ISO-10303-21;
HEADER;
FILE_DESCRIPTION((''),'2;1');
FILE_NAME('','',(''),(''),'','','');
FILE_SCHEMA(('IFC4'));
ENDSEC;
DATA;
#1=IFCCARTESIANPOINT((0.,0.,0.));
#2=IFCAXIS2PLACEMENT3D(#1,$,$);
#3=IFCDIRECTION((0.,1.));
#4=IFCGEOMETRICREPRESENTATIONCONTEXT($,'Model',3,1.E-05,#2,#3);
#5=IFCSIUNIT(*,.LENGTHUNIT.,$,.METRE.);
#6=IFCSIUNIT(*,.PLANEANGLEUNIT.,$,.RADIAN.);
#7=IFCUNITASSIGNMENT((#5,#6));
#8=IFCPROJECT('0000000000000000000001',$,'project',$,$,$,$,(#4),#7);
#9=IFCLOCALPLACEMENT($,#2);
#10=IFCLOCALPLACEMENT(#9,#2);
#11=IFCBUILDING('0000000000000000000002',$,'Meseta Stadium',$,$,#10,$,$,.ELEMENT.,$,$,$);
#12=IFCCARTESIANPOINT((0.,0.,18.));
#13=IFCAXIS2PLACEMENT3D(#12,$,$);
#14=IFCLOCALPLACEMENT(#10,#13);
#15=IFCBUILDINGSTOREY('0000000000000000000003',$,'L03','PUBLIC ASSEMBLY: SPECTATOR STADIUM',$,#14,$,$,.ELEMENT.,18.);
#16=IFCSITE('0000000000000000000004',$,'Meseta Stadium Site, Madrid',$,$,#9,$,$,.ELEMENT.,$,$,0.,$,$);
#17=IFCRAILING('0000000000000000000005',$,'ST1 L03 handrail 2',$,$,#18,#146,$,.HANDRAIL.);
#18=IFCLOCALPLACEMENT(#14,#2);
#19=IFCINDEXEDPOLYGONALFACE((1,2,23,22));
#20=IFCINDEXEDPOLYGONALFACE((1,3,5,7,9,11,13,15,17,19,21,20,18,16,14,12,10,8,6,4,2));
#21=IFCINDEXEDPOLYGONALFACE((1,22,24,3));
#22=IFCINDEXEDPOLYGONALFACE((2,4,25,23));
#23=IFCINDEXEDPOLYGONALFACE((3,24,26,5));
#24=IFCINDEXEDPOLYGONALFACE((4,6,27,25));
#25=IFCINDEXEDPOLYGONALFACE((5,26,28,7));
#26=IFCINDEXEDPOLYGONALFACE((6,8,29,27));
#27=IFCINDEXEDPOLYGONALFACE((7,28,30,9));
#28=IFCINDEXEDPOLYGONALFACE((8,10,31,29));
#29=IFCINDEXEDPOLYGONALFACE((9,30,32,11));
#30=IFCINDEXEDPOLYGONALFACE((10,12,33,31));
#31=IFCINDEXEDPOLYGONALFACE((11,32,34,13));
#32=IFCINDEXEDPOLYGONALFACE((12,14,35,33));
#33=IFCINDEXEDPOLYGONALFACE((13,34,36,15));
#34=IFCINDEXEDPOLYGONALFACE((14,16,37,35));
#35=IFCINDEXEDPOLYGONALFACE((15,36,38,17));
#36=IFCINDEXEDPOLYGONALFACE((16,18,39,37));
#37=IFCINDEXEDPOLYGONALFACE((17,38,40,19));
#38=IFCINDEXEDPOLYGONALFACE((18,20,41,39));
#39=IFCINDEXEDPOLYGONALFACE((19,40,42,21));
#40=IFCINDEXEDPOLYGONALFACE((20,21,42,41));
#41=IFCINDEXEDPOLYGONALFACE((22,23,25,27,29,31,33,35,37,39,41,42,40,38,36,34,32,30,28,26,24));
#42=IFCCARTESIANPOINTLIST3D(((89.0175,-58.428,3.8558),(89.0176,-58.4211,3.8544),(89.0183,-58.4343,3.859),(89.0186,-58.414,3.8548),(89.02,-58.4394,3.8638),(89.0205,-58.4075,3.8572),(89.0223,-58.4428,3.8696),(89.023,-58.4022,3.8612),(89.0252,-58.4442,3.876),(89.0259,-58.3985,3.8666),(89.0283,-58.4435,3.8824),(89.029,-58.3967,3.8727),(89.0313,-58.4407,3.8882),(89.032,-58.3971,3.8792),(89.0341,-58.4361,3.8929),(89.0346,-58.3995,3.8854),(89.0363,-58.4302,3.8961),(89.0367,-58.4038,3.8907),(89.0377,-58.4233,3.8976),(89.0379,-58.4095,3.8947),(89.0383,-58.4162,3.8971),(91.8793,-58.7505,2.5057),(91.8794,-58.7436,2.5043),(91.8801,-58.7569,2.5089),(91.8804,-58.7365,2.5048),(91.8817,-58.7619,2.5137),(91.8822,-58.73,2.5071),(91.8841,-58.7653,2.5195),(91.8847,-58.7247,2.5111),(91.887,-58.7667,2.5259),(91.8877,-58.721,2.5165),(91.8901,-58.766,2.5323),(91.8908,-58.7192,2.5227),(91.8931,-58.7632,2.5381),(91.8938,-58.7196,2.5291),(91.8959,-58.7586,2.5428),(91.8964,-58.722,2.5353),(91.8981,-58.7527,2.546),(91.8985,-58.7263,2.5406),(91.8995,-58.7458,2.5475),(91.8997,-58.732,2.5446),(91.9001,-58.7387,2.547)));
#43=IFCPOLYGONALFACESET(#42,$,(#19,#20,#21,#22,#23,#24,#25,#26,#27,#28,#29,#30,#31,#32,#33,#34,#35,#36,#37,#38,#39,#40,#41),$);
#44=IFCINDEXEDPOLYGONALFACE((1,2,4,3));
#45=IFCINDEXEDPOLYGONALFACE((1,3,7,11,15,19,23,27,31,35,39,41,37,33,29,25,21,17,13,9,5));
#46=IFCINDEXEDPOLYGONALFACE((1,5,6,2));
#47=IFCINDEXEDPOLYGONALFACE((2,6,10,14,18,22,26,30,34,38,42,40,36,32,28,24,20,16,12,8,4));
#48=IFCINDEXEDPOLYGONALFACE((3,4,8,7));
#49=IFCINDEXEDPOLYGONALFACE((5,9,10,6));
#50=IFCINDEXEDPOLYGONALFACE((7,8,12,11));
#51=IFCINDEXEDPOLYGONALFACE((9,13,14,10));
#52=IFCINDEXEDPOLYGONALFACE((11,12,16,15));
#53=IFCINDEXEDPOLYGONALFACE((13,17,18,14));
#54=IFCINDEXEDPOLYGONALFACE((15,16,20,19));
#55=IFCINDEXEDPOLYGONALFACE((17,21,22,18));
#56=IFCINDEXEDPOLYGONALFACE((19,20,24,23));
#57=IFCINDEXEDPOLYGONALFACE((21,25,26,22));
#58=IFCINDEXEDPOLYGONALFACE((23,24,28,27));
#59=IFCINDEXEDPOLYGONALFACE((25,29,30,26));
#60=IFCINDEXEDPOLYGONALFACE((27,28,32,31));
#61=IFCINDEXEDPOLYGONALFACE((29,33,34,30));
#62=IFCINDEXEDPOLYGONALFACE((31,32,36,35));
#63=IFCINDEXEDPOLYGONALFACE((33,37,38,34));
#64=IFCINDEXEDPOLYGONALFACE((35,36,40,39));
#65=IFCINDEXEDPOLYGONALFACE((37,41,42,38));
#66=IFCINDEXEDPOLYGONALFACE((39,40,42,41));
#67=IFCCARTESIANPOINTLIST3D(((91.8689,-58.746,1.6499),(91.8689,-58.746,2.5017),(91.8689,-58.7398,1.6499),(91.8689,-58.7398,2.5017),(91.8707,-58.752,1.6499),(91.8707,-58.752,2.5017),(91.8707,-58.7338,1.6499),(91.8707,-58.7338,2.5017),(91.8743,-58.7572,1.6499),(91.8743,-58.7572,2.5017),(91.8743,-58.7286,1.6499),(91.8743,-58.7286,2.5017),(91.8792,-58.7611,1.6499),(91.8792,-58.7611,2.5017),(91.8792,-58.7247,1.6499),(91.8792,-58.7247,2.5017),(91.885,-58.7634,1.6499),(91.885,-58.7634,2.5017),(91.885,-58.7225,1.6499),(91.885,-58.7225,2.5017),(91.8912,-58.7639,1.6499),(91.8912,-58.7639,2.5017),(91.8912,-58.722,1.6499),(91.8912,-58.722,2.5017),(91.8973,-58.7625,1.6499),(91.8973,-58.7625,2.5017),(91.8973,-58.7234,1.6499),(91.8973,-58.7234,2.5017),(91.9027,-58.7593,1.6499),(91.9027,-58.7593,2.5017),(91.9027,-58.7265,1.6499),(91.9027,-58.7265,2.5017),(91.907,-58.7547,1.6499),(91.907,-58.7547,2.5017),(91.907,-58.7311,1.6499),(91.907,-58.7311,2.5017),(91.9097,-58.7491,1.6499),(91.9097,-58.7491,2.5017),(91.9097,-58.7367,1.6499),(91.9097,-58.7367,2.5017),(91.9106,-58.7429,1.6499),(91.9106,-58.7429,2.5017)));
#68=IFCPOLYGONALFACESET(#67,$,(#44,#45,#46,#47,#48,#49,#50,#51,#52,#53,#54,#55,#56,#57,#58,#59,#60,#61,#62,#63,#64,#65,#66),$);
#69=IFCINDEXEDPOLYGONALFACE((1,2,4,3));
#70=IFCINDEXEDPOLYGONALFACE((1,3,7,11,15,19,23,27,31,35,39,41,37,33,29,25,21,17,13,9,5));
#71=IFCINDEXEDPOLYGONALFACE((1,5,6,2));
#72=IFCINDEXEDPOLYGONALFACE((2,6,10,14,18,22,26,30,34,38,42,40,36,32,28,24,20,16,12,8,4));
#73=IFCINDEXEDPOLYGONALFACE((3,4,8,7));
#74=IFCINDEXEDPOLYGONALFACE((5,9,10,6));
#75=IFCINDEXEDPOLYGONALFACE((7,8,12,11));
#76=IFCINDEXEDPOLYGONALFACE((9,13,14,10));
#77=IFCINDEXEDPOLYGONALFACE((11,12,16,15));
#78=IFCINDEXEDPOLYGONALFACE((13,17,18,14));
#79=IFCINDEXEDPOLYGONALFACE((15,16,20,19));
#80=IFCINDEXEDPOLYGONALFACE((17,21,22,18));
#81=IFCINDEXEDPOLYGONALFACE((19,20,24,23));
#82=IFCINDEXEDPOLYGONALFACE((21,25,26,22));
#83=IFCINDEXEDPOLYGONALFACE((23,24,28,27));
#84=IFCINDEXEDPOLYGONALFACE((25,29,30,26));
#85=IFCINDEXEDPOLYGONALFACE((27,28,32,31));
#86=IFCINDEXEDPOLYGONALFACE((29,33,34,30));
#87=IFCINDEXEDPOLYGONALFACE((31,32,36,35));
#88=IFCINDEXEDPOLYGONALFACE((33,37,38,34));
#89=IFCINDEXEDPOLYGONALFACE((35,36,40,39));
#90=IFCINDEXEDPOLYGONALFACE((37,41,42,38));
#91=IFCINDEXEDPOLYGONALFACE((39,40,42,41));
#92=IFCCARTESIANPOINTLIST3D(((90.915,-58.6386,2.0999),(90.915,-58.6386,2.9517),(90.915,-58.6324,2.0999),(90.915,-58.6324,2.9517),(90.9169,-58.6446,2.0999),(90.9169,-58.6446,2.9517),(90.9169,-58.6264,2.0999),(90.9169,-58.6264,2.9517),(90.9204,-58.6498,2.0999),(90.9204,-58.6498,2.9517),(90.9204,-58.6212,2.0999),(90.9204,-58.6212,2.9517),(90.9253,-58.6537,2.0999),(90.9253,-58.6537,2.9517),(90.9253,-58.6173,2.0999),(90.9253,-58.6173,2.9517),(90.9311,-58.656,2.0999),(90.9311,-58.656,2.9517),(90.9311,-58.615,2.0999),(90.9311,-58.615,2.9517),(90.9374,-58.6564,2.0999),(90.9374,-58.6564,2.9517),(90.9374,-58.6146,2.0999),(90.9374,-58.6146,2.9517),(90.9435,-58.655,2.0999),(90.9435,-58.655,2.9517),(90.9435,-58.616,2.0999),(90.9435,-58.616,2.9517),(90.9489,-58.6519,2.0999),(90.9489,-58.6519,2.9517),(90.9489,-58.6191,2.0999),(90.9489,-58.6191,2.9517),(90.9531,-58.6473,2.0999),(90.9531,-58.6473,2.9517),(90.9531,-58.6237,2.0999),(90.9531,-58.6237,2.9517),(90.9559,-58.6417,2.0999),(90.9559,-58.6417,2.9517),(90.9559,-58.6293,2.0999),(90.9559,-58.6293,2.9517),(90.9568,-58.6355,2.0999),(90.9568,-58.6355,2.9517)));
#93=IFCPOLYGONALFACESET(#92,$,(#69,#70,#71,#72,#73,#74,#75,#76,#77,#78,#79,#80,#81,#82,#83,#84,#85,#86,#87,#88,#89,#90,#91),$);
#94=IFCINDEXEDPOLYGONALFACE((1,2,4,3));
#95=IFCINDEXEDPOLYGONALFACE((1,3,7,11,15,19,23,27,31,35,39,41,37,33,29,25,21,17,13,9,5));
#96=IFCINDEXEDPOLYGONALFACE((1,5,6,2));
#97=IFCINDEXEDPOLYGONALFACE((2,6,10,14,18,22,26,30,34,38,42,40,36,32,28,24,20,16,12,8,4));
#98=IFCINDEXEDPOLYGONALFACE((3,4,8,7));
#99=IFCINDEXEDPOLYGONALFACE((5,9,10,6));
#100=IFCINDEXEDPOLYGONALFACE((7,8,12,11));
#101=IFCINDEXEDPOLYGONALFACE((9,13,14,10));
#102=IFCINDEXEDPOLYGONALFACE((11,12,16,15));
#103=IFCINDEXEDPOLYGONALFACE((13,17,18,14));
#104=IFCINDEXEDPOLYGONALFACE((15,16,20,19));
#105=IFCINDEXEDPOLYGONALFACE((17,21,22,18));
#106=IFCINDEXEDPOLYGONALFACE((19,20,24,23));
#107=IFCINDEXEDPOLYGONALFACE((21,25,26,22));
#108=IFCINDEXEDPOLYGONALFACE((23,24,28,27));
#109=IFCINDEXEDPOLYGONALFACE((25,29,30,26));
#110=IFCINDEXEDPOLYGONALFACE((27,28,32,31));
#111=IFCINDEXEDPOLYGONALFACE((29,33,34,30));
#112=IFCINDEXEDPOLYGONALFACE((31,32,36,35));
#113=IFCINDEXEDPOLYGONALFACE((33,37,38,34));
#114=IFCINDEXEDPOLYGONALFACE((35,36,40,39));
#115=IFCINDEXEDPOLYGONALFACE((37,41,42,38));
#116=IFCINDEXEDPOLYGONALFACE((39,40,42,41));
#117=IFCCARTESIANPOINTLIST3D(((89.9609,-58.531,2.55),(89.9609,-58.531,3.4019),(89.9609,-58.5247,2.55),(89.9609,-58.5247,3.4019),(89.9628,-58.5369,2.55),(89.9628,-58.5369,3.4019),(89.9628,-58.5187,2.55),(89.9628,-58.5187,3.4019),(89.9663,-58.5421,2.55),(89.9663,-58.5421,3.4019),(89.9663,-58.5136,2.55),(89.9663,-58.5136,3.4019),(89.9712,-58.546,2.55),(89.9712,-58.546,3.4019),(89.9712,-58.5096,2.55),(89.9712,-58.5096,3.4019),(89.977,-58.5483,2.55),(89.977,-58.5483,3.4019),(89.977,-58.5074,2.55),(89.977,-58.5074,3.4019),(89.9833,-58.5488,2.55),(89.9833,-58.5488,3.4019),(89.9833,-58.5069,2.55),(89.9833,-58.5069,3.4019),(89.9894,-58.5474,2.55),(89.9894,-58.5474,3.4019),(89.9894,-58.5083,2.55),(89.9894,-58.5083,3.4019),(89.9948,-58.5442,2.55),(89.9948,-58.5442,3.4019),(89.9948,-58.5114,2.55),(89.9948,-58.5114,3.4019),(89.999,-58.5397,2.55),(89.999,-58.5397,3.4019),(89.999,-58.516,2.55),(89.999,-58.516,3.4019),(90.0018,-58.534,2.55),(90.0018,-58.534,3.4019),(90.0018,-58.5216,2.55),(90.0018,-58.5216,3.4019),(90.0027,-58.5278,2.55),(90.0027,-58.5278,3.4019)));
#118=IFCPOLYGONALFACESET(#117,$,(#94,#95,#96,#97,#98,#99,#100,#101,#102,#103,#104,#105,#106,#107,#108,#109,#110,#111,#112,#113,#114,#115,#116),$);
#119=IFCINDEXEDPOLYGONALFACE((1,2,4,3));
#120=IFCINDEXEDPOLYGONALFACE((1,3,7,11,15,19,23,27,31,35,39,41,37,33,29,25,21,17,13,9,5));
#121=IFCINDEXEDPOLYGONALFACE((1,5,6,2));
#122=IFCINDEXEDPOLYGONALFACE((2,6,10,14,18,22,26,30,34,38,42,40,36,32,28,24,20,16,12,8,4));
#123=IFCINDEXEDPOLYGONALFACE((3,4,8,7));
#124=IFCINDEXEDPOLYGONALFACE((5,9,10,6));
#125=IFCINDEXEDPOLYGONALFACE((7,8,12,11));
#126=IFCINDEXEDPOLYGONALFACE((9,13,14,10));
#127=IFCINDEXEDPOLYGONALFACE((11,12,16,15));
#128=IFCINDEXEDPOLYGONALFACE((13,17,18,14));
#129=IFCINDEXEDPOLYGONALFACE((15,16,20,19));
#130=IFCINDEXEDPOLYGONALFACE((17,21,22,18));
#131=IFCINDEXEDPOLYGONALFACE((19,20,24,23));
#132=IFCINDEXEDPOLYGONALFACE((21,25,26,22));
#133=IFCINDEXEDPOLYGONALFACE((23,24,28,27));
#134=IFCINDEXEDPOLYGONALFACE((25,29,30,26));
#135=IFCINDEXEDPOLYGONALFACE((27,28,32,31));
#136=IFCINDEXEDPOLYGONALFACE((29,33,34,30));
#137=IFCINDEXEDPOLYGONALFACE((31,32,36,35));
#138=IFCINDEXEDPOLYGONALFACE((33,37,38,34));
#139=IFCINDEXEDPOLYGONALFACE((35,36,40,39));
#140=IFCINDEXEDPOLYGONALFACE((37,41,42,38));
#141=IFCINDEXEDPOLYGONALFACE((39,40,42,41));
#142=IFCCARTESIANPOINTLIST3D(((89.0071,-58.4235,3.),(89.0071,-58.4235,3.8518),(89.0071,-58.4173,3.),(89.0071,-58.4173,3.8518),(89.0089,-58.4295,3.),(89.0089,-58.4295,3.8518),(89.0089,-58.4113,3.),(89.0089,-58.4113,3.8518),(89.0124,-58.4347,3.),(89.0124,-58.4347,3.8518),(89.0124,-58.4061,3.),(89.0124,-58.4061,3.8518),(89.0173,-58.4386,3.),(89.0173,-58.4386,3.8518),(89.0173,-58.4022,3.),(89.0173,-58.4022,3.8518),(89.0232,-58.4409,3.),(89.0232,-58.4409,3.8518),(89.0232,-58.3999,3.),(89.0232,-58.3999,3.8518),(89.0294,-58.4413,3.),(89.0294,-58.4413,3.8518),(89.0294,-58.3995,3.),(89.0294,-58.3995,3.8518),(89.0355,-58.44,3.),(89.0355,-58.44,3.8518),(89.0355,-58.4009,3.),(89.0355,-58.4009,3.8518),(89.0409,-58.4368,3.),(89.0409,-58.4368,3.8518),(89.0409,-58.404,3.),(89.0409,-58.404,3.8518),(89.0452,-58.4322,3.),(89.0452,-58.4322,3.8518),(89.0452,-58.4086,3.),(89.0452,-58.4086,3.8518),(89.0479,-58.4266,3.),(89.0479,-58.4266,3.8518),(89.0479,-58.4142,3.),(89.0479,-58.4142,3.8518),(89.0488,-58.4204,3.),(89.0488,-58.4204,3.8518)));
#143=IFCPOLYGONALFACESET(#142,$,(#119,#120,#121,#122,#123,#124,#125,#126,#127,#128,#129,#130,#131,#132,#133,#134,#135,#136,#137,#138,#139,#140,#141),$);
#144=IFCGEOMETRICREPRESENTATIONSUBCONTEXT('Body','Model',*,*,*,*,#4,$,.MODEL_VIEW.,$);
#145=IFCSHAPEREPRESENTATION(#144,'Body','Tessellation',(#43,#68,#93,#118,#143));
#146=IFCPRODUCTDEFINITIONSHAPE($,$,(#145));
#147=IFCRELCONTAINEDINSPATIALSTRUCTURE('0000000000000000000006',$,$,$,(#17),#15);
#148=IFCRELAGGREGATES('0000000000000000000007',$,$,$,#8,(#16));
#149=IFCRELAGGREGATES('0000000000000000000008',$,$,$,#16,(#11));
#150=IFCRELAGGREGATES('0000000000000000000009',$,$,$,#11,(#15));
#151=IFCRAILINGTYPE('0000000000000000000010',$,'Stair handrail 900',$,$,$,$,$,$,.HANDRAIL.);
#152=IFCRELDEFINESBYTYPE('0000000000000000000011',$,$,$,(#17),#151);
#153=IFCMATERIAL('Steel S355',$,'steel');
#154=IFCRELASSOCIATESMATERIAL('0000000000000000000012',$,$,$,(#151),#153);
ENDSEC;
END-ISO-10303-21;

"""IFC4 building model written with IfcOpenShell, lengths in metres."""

from ifc_helpers import new_model, si_unit, direction, frame, origin, origin_2d, place, context, subcontext, project, spatial, circle, extrude, material, type_object, element, save


model = new_model("IFC4")

# Units and contexts
model_context = context("Model", 3, precision=1e-05, world=origin(), true_north=direction((0.0, 1.0)))
body_context = subcontext(model_context, "Body", "Model", "MODEL_VIEW")
ifc_project = project(units=[si_unit("LENGTHUNIT", "METRE"), si_unit("PLANEANGLEUNIT", "RADIAN")], contexts=[model_context])

# Site, building, storey
site_placement = place(None, origin())
site = spatial("IfcSite", under=ifc_project, at=site_placement, Name="Meseta Stadium Site, Madrid", CompositionType="ELEMENT", RefElevation=0.0)
building_placement = place(site_placement, origin())
building = spatial("IfcBuilding", under=site, at=building_placement, Name="Meseta Stadium", CompositionType="ELEMENT")
storey_placement = place(building_placement, frame((0.0, 0.0, 18.0)))
storey = spatial("IfcBuildingStorey", under=building, at=storey_placement, Name="L03", Description="PUBLIC ASSEMBLY: SPECTATOR STADIUM", CompositionType="ELEMENT", Elevation=18.0)

# Railing
ifc_material_1 = material(Name="Steel S355", Category="steel")
railing_type = type_object("IfcRailingType", Name="Stair handrail 900", PredefinedType="HANDRAIL", material=ifc_material_1)
for number, where, name in (
    (1, (91.8896, -58.7429, 1.6499), "ST1 L03 handrail 2"),
):
    element("IfcRailing", number, at=place(storey_placement, frame(where)), inside=storey, type_object=railing_type, Name=name, PredefinedType="HANDRAIL", context=body_context, shape_type="SweptSolid", body=[
        extrude(circle(Radius=0.0239, at=origin_2d()), frame((0.0, 0.0, 0.876), z_axis=(-0.899748, 0.101396, 0.424467), x_axis=(-0.111985, -0.99371, 0.0)), (0.0, 0.0, 1.0), 3.1807),
        extrude(circle(Radius=0.021, at=origin_2d()), origin(), (0.0, 0.0, 1.0), 0.8518),
        extrude(circle(Radius=0.021, at=origin_2d()), frame((-0.9539, 0.1074, 0.45)), (0.0, 0.0, 1.0), 0.8518),
        extrude(circle(Radius=0.021, at=origin_2d()), frame((-1.908, 0.2151, 0.9001)), (0.0, 0.0, 1.0), 0.8518),
        extrude(circle(Radius=0.021, at=origin_2d()), frame((-2.8618, 0.3225, 1.3501)), (0.0, 0.0, 1.0), 0.8518),
    ])

save(model, "model.ifc")
